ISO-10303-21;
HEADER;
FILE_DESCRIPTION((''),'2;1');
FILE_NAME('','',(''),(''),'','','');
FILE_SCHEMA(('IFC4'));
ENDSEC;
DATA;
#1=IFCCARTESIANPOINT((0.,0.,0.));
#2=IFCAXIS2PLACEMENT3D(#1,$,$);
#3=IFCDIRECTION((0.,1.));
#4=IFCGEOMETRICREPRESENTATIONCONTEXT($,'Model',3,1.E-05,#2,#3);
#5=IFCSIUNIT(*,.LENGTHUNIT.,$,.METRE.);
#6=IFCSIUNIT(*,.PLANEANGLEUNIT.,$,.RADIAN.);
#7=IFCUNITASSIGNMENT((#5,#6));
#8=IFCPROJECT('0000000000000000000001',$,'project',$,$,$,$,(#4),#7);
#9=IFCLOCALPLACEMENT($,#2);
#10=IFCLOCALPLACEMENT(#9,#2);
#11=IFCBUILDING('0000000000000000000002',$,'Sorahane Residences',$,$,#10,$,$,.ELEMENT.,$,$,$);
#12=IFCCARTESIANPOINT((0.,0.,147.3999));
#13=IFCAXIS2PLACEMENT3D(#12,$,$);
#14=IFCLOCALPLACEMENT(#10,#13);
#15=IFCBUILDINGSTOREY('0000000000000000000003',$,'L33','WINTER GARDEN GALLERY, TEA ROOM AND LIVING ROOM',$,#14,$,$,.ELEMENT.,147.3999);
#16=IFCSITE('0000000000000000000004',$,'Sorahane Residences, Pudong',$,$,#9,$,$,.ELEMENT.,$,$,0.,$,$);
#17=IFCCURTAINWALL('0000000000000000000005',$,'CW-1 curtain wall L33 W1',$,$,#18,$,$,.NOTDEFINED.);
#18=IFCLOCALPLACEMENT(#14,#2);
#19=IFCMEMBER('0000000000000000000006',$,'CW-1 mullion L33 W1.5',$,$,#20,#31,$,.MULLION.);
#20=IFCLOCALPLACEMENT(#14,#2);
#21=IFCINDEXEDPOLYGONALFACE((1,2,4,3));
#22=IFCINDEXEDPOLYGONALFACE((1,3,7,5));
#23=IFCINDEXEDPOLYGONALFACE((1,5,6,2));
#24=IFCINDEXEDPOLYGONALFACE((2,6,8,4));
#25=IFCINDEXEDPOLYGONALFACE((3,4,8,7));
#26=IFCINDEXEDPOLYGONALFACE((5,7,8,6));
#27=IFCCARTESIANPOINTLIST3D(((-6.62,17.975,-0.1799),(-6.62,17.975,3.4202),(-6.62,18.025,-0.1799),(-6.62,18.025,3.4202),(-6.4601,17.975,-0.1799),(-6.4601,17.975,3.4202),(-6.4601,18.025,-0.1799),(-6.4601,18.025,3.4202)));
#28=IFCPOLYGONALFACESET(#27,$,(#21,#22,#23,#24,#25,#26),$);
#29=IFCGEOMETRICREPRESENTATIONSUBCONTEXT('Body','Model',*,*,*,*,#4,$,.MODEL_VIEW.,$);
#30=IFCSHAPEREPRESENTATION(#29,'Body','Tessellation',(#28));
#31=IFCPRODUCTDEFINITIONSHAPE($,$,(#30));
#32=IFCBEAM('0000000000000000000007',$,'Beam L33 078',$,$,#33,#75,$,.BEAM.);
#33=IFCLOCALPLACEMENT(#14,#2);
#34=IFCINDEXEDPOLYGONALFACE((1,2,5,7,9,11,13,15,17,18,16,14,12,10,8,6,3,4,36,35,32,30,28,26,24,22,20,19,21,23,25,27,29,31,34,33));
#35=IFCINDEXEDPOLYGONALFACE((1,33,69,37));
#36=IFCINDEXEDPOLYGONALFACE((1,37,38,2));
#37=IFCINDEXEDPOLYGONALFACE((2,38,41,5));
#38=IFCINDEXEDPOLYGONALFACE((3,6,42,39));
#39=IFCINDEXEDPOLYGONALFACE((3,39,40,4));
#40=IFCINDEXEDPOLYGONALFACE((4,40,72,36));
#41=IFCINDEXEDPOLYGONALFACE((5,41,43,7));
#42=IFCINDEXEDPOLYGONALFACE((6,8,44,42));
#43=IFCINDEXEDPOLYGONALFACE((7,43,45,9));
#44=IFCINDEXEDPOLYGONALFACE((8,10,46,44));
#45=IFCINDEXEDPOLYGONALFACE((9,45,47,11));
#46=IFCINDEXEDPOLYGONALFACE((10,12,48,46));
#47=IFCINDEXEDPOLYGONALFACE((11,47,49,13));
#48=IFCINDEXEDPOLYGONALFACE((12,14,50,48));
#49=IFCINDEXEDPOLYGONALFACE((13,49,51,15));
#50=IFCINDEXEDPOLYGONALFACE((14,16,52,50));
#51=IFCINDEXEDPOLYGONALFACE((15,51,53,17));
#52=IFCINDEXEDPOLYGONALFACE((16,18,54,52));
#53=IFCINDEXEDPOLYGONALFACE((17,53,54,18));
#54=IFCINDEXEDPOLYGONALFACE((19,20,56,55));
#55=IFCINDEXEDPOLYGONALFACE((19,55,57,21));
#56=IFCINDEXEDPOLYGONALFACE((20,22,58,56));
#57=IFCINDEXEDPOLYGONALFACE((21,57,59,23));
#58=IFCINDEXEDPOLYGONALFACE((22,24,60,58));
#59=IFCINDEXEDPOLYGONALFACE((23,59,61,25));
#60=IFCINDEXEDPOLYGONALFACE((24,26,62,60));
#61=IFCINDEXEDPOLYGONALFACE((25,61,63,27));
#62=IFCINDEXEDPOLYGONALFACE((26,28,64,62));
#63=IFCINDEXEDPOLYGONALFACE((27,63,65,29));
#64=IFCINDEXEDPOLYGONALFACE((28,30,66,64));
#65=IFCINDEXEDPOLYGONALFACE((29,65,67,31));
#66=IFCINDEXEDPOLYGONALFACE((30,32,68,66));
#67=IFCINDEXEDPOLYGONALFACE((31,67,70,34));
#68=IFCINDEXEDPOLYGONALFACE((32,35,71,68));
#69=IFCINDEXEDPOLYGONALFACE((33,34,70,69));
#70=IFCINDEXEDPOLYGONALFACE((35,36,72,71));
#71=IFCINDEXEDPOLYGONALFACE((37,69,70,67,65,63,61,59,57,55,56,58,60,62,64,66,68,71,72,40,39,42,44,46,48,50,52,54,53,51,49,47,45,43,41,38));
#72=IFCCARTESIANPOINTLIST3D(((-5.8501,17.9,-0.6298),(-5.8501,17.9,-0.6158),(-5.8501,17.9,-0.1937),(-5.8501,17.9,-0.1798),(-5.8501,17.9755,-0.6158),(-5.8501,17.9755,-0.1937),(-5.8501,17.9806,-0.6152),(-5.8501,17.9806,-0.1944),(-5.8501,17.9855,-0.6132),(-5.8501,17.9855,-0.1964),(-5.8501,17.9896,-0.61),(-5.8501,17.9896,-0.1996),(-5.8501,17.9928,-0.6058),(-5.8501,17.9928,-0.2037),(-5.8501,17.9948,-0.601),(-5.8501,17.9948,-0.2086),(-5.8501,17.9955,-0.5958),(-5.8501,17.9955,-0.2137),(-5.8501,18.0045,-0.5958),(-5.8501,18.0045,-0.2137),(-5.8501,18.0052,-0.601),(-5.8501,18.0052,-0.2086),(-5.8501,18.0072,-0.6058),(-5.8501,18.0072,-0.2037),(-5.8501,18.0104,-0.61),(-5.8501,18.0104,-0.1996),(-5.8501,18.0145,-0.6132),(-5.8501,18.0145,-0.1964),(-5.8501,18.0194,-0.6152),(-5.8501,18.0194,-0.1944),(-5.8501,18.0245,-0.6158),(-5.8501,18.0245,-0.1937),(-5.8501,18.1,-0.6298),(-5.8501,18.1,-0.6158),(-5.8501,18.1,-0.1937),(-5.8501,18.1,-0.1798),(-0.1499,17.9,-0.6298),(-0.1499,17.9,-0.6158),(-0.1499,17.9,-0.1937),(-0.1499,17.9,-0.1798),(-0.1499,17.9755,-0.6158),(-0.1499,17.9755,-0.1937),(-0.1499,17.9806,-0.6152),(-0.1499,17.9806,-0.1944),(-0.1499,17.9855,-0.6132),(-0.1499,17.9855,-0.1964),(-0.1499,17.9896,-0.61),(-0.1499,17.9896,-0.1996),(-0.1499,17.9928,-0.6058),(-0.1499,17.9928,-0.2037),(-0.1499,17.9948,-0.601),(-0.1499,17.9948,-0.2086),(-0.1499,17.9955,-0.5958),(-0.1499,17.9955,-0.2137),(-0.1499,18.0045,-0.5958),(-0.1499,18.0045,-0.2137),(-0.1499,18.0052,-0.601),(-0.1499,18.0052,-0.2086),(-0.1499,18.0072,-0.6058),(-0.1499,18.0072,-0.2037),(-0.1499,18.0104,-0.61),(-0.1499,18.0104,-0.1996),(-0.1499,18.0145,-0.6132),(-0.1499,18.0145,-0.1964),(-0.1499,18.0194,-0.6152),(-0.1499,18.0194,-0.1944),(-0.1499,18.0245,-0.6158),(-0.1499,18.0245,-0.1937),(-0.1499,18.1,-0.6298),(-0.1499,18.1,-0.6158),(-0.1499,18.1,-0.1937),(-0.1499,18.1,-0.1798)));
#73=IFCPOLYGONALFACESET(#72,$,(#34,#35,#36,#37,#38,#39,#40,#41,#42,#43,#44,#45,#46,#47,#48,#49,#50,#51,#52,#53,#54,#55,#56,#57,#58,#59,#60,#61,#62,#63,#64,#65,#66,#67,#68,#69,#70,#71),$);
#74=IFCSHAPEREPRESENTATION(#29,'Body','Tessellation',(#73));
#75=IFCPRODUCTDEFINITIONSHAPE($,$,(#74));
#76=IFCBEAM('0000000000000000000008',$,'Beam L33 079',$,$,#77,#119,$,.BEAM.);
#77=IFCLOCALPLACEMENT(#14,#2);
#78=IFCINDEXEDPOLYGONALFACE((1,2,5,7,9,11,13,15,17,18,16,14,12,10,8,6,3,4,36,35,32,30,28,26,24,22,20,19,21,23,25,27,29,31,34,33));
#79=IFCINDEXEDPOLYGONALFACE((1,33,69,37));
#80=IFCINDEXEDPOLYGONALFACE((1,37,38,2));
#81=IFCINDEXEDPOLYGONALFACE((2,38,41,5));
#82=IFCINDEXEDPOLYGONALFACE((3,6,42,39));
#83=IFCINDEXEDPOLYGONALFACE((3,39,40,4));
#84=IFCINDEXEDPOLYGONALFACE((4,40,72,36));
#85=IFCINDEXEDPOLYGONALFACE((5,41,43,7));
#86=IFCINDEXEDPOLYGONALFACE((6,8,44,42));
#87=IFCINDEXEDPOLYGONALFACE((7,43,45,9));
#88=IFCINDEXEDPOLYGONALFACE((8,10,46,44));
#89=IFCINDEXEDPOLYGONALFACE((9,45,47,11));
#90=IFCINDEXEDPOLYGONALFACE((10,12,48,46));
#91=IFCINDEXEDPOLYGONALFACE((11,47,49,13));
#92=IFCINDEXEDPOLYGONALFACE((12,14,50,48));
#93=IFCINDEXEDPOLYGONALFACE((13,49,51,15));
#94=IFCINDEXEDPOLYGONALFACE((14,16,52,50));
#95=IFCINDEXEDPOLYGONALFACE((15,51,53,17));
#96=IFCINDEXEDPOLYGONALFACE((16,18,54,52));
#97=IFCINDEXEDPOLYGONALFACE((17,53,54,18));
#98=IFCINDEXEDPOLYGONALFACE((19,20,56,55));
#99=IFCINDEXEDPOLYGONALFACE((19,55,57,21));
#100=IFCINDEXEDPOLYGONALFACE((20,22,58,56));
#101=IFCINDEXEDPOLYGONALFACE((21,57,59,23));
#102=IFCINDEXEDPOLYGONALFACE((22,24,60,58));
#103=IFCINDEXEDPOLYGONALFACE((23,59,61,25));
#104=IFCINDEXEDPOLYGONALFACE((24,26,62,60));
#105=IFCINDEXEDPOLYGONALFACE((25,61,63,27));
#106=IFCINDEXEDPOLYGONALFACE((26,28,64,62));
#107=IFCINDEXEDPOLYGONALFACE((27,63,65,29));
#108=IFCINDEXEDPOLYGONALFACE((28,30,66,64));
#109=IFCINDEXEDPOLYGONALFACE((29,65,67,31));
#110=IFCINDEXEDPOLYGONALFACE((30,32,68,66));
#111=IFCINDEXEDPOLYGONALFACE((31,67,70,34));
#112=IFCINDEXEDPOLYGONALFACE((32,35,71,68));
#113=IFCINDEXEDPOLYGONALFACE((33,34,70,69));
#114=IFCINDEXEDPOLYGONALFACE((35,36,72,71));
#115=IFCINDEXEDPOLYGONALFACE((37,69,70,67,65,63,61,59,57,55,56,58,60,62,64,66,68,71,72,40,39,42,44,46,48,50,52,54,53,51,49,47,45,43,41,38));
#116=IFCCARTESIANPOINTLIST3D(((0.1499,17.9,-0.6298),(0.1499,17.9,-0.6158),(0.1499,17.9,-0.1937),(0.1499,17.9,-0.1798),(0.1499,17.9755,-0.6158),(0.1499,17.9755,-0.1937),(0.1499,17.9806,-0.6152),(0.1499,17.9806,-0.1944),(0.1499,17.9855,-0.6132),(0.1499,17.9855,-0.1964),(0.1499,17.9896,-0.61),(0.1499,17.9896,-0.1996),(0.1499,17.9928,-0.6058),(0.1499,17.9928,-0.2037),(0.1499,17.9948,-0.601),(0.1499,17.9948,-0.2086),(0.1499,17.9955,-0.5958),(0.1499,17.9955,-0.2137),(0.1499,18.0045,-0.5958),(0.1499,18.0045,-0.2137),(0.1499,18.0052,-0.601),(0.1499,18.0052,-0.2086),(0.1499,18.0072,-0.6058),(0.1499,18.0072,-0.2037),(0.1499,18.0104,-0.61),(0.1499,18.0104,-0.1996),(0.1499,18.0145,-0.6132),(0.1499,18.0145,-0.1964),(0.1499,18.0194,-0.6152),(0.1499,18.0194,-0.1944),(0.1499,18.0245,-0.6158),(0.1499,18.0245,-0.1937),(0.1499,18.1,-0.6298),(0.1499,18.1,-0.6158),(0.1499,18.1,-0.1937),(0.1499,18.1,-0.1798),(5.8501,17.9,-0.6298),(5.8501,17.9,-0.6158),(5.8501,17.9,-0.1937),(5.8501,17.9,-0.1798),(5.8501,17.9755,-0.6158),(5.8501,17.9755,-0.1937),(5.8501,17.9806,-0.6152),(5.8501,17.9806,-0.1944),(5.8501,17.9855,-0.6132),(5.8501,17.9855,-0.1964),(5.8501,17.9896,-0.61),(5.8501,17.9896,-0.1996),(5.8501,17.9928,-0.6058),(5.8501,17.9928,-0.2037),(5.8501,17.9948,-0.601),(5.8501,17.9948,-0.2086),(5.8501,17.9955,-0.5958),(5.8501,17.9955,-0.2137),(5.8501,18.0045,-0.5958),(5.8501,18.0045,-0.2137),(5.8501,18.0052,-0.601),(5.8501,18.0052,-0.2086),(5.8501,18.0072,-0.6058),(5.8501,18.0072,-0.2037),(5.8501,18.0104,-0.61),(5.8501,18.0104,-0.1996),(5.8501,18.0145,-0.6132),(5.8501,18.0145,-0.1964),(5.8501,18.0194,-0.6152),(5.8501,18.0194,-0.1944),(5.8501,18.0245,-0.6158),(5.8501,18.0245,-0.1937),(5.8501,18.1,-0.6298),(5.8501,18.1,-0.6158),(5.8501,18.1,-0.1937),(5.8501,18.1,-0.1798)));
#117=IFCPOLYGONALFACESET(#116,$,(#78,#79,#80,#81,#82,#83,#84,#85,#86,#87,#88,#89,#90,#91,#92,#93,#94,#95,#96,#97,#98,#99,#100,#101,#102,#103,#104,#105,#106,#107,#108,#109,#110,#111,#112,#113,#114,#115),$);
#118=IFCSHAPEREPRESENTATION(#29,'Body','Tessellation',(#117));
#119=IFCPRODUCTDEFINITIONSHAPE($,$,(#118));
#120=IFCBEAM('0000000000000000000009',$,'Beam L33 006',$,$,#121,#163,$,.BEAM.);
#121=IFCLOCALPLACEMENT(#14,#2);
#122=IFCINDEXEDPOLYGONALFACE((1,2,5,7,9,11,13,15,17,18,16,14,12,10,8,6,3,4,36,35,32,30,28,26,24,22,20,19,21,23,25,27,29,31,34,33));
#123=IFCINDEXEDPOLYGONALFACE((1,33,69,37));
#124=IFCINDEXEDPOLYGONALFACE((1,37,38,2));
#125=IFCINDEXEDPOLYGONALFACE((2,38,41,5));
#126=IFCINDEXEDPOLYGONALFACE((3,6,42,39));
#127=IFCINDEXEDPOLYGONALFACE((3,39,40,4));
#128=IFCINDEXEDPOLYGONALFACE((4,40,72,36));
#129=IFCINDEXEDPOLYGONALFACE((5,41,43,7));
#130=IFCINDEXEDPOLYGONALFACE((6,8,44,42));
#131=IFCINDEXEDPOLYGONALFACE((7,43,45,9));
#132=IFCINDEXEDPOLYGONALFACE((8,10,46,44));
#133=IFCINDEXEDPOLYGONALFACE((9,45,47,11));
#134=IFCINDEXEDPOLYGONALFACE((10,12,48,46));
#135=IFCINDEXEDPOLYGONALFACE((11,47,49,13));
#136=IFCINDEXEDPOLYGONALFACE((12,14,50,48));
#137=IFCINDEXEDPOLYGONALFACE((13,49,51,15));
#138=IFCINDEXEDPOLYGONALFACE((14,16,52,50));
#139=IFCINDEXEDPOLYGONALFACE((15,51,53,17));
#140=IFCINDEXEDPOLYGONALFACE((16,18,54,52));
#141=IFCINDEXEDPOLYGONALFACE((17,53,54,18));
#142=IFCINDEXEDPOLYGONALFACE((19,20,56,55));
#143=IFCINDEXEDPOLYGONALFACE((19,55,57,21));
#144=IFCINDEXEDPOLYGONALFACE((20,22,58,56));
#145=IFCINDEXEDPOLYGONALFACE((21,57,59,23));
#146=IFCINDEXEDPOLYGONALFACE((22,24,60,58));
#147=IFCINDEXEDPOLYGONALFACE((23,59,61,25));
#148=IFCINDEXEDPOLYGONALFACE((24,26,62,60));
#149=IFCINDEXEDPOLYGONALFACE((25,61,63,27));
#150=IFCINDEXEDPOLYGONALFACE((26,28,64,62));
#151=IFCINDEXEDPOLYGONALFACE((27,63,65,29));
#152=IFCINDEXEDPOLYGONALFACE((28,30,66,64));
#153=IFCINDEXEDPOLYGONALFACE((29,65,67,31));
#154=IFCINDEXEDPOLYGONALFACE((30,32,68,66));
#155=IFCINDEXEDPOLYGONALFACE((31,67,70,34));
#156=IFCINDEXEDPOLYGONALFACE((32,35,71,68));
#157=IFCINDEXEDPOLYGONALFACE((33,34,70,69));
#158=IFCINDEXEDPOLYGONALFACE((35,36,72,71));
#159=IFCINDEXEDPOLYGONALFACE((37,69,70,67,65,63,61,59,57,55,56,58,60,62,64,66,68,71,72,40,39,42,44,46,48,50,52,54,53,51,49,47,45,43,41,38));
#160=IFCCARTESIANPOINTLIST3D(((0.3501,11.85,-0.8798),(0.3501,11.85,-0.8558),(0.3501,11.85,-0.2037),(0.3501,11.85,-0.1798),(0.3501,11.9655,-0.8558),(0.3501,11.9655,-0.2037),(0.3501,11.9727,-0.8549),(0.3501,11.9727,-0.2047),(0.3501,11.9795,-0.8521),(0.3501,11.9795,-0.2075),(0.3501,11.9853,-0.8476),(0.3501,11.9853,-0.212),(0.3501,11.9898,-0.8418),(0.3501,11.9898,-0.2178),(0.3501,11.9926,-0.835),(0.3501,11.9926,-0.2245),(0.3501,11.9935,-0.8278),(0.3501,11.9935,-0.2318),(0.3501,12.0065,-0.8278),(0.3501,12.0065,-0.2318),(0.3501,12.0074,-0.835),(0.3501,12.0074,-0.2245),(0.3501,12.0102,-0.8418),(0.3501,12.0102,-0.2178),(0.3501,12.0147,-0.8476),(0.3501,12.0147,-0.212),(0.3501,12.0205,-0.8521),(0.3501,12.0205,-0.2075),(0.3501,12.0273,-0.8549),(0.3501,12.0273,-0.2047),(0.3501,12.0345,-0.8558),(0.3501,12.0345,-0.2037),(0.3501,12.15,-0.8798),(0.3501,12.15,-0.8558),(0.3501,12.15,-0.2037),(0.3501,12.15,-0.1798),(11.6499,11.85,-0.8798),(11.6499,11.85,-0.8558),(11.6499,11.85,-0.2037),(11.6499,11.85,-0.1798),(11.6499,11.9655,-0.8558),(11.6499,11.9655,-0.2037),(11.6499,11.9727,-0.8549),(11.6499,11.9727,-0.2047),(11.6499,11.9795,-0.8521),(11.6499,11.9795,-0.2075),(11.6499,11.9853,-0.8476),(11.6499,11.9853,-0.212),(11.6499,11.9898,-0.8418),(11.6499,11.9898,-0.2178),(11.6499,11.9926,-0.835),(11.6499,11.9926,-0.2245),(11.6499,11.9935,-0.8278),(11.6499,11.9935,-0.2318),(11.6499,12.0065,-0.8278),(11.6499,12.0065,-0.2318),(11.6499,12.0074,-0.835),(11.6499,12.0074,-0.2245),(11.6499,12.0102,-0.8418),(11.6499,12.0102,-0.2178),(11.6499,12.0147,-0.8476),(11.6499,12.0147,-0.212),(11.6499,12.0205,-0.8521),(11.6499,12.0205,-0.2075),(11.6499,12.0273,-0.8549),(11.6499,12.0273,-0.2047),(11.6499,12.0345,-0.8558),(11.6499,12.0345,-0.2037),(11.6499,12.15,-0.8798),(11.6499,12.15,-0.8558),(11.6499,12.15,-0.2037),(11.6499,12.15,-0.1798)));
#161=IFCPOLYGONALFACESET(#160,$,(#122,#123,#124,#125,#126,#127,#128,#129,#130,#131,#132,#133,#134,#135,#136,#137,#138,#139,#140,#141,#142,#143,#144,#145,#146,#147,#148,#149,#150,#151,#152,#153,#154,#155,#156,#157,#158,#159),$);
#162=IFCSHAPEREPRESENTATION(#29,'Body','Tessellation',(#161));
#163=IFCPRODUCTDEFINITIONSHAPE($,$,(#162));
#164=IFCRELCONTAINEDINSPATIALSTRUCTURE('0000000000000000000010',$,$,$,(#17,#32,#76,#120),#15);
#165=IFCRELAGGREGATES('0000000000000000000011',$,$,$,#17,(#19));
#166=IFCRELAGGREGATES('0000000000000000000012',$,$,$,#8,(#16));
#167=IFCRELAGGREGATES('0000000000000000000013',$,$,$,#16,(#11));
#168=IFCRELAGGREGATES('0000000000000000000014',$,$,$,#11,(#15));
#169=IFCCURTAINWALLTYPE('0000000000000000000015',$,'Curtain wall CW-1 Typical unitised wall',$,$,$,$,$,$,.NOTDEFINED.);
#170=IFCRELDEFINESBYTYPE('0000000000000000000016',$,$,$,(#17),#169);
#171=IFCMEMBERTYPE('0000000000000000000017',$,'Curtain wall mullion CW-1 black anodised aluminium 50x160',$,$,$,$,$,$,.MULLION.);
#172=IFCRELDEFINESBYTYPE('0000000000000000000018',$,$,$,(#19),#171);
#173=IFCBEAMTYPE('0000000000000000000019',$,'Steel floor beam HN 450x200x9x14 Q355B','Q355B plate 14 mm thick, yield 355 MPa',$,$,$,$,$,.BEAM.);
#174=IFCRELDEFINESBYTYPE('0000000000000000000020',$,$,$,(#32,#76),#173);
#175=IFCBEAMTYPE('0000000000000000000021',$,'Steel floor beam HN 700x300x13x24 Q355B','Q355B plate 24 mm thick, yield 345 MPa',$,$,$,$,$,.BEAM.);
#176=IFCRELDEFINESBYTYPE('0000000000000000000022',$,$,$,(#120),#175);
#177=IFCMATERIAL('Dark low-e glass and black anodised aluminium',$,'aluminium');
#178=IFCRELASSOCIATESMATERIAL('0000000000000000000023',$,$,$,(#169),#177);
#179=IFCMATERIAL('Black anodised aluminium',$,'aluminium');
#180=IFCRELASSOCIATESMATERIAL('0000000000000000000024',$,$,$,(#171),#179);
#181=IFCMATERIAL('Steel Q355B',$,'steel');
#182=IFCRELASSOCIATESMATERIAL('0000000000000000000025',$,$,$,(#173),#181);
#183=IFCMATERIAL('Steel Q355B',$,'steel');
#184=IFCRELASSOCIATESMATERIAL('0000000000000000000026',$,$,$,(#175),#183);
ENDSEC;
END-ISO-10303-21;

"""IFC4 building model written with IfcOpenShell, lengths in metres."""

from ifc_helpers import new_model, si_unit, direction, frame, origin, origin_2d, place, context, subcontext, project, spatial, rectangle, i_section, extrude, material, material_profile, profile_set, type_object, element, aggregate, save


model = new_model("IFC4")

# Units and contexts
model_context = context("Model", 3, precision=1e-05, world=origin(), true_north=direction((0.0, 1.0)))
body_context = subcontext(model_context, "Body", "Model", "MODEL_VIEW")
ifc_project = project(units=[si_unit("LENGTHUNIT", "METRE"), si_unit("PLANEANGLEUNIT", "RADIAN")], contexts=[model_context])

# Site, building, storey
site_placement = place(None, origin())
site = spatial("IfcSite", under=ifc_project, at=site_placement, Name="Sorahane Residences, Pudong", CompositionType="ELEMENT", RefElevation=0.0)
building_placement = place(site_placement, origin())
building = spatial("IfcBuilding", under=site, at=building_placement, Name="Sorahane Residences", CompositionType="ELEMENT")
storey_placement = place(building_placement, frame((0.0, 0.0, 147.3999)))
storey = spatial("IfcBuildingStorey", under=building, at=storey_placement, Name="L33", Description="WINTER GARDEN GALLERY, TEA ROOM AND LIVING ROOM", CompositionType="ELEMENT", Elevation=147.3999)

# Curtain wall, member
ifc_material_1 = material(Name="Dark low-e glass and black anodised aluminium", Category="aluminium")
curtain_wall_type = type_object("IfcCurtainWallType", Name="Curtain wall CW-1 Typical unitised wall", PredefinedType="NOTDEFINED", material=ifc_material_1)
curtain_wall_placement = place(storey_placement, origin())
curtain_wall = element("IfcCurtainWall", 1, at=curtain_wall_placement, inside=storey, type_object=curtain_wall_type, Name="CW-1 curtain wall L33 W1", PredefinedType="NOTDEFINED")
ifc_material_2 = material(Name="Black anodised aluminium", Category="aluminium")
ifc_material_profile_1 = material_profile(ifc_material_2, rectangle(XDim=0.1599, YDim=0.05, at=origin_2d()), Name="Curtain wall mullion CW-1 black anodised aluminium 50x160")
ifc_profile_set_1 = profile_set([ifc_material_profile_1], Name="Black anodised aluminium")
member_type = type_object("IfcMemberType", Name="Curtain wall mullion CW-1 black anodised aluminium 50x160", PredefinedType="MULLION", material=ifc_profile_set_1)
member_placement = place(storey_placement, frame((-6.54, 18.0, -0.1799), z_axis=(0.0, 0.0, 1.0), x_axis=(-1.0, 0.0, 0.0)))
member = element("IfcMember", 2, at=member_placement, type_object=member_type, Name="CW-1 mullion L33 W1.5", PredefinedType="MULLION", context=body_context, shape_type="SweptSolid", body=[
    extrude(rectangle(XDim=0.1599, YDim=0.05, at=origin_2d()), origin(), (0.0, 0.0, 1.0), 3.6001),
])

# Beams
ifc_material_3 = material(Name="Steel Q355B", Category="steel")
ifc_material_profile_2 = material_profile(ifc_material_3, i_section(OverallWidth=0.2, OverallDepth=0.45, WebThickness=0.009, FlangeThickness=0.0139, FilletRadius=0.02, at=origin_2d()), Name="HN 450x200x9x14")
ifc_profile_set_2 = profile_set([ifc_material_profile_2], Name="Steel Q355B")
beam_type_1 = type_object("IfcBeamType", Name="Steel floor beam HN 450x200x9x14 Q355B", Description="Q355B plate 14 mm thick, yield 355 MPa", PredefinedType="BEAM", material=ifc_profile_set_2)
for number, where, z_axis, x_axis, name in (
    (3, (-5.8501, 18.0, -0.4048), (1.0, 0.0, 0.0), (0.0, 1.0, 0.0), "Beam L33 078"),
    (4, (0.1499, 18.0, -0.4048), (1.0, 0.0, 0.0), (0.0, 1.0, 0.0), "Beam L33 079"),
):
    element("IfcBeam", number, at=place(storey_placement, frame(where, z_axis=z_axis, x_axis=x_axis)), inside=storey, type_object=beam_type_1, Name=name, PredefinedType="BEAM", context=body_context, shape_type="SweptSolid", body=[
        extrude(i_section(OverallWidth=0.2, OverallDepth=0.45, WebThickness=0.009, FlangeThickness=0.0139, FilletRadius=0.02, at=origin_2d()), origin(), (0.0, 0.0, 1.0), 5.7002),
    ])
ifc_material_4 = material(Name="Steel Q355B", Category="steel")
ifc_material_profile_3 = material_profile(ifc_material_4, i_section(OverallWidth=0.3, OverallDepth=0.7, WebThickness=0.0129, FlangeThickness=0.0239, FilletRadius=0.0281, at=origin_2d()), Name="HN 700x300x13x24")
ifc_profile_set_3 = profile_set([ifc_material_profile_3], Name="Steel Q355B")
beam_type_2 = type_object("IfcBeamType", Name="Steel floor beam HN 700x300x13x24 Q355B", Description="Q355B plate 24 mm thick, yield 345 MPa", PredefinedType="BEAM", material=ifc_profile_set_3)
beam_1_placement = place(storey_placement, frame((0.3501, 12.0, -0.5298), z_axis=(1.0, 0.0, 0.0), x_axis=(0.0, 1.0, 0.0)))
element("IfcBeam", 5, at=beam_1_placement, inside=storey, type_object=beam_type_2, Name="Beam L33 006", PredefinedType="BEAM", context=body_context, shape_type="SweptSolid", body=[
    extrude(i_section(OverallWidth=0.3, OverallDepth=0.7, WebThickness=0.0129, FlangeThickness=0.0239, FilletRadius=0.0281, at=origin_2d()), origin(), (0.0, 0.0, 1.0), 11.2998),
])

aggregate(curtain_wall, [member])

save(model, "model.ifc")
